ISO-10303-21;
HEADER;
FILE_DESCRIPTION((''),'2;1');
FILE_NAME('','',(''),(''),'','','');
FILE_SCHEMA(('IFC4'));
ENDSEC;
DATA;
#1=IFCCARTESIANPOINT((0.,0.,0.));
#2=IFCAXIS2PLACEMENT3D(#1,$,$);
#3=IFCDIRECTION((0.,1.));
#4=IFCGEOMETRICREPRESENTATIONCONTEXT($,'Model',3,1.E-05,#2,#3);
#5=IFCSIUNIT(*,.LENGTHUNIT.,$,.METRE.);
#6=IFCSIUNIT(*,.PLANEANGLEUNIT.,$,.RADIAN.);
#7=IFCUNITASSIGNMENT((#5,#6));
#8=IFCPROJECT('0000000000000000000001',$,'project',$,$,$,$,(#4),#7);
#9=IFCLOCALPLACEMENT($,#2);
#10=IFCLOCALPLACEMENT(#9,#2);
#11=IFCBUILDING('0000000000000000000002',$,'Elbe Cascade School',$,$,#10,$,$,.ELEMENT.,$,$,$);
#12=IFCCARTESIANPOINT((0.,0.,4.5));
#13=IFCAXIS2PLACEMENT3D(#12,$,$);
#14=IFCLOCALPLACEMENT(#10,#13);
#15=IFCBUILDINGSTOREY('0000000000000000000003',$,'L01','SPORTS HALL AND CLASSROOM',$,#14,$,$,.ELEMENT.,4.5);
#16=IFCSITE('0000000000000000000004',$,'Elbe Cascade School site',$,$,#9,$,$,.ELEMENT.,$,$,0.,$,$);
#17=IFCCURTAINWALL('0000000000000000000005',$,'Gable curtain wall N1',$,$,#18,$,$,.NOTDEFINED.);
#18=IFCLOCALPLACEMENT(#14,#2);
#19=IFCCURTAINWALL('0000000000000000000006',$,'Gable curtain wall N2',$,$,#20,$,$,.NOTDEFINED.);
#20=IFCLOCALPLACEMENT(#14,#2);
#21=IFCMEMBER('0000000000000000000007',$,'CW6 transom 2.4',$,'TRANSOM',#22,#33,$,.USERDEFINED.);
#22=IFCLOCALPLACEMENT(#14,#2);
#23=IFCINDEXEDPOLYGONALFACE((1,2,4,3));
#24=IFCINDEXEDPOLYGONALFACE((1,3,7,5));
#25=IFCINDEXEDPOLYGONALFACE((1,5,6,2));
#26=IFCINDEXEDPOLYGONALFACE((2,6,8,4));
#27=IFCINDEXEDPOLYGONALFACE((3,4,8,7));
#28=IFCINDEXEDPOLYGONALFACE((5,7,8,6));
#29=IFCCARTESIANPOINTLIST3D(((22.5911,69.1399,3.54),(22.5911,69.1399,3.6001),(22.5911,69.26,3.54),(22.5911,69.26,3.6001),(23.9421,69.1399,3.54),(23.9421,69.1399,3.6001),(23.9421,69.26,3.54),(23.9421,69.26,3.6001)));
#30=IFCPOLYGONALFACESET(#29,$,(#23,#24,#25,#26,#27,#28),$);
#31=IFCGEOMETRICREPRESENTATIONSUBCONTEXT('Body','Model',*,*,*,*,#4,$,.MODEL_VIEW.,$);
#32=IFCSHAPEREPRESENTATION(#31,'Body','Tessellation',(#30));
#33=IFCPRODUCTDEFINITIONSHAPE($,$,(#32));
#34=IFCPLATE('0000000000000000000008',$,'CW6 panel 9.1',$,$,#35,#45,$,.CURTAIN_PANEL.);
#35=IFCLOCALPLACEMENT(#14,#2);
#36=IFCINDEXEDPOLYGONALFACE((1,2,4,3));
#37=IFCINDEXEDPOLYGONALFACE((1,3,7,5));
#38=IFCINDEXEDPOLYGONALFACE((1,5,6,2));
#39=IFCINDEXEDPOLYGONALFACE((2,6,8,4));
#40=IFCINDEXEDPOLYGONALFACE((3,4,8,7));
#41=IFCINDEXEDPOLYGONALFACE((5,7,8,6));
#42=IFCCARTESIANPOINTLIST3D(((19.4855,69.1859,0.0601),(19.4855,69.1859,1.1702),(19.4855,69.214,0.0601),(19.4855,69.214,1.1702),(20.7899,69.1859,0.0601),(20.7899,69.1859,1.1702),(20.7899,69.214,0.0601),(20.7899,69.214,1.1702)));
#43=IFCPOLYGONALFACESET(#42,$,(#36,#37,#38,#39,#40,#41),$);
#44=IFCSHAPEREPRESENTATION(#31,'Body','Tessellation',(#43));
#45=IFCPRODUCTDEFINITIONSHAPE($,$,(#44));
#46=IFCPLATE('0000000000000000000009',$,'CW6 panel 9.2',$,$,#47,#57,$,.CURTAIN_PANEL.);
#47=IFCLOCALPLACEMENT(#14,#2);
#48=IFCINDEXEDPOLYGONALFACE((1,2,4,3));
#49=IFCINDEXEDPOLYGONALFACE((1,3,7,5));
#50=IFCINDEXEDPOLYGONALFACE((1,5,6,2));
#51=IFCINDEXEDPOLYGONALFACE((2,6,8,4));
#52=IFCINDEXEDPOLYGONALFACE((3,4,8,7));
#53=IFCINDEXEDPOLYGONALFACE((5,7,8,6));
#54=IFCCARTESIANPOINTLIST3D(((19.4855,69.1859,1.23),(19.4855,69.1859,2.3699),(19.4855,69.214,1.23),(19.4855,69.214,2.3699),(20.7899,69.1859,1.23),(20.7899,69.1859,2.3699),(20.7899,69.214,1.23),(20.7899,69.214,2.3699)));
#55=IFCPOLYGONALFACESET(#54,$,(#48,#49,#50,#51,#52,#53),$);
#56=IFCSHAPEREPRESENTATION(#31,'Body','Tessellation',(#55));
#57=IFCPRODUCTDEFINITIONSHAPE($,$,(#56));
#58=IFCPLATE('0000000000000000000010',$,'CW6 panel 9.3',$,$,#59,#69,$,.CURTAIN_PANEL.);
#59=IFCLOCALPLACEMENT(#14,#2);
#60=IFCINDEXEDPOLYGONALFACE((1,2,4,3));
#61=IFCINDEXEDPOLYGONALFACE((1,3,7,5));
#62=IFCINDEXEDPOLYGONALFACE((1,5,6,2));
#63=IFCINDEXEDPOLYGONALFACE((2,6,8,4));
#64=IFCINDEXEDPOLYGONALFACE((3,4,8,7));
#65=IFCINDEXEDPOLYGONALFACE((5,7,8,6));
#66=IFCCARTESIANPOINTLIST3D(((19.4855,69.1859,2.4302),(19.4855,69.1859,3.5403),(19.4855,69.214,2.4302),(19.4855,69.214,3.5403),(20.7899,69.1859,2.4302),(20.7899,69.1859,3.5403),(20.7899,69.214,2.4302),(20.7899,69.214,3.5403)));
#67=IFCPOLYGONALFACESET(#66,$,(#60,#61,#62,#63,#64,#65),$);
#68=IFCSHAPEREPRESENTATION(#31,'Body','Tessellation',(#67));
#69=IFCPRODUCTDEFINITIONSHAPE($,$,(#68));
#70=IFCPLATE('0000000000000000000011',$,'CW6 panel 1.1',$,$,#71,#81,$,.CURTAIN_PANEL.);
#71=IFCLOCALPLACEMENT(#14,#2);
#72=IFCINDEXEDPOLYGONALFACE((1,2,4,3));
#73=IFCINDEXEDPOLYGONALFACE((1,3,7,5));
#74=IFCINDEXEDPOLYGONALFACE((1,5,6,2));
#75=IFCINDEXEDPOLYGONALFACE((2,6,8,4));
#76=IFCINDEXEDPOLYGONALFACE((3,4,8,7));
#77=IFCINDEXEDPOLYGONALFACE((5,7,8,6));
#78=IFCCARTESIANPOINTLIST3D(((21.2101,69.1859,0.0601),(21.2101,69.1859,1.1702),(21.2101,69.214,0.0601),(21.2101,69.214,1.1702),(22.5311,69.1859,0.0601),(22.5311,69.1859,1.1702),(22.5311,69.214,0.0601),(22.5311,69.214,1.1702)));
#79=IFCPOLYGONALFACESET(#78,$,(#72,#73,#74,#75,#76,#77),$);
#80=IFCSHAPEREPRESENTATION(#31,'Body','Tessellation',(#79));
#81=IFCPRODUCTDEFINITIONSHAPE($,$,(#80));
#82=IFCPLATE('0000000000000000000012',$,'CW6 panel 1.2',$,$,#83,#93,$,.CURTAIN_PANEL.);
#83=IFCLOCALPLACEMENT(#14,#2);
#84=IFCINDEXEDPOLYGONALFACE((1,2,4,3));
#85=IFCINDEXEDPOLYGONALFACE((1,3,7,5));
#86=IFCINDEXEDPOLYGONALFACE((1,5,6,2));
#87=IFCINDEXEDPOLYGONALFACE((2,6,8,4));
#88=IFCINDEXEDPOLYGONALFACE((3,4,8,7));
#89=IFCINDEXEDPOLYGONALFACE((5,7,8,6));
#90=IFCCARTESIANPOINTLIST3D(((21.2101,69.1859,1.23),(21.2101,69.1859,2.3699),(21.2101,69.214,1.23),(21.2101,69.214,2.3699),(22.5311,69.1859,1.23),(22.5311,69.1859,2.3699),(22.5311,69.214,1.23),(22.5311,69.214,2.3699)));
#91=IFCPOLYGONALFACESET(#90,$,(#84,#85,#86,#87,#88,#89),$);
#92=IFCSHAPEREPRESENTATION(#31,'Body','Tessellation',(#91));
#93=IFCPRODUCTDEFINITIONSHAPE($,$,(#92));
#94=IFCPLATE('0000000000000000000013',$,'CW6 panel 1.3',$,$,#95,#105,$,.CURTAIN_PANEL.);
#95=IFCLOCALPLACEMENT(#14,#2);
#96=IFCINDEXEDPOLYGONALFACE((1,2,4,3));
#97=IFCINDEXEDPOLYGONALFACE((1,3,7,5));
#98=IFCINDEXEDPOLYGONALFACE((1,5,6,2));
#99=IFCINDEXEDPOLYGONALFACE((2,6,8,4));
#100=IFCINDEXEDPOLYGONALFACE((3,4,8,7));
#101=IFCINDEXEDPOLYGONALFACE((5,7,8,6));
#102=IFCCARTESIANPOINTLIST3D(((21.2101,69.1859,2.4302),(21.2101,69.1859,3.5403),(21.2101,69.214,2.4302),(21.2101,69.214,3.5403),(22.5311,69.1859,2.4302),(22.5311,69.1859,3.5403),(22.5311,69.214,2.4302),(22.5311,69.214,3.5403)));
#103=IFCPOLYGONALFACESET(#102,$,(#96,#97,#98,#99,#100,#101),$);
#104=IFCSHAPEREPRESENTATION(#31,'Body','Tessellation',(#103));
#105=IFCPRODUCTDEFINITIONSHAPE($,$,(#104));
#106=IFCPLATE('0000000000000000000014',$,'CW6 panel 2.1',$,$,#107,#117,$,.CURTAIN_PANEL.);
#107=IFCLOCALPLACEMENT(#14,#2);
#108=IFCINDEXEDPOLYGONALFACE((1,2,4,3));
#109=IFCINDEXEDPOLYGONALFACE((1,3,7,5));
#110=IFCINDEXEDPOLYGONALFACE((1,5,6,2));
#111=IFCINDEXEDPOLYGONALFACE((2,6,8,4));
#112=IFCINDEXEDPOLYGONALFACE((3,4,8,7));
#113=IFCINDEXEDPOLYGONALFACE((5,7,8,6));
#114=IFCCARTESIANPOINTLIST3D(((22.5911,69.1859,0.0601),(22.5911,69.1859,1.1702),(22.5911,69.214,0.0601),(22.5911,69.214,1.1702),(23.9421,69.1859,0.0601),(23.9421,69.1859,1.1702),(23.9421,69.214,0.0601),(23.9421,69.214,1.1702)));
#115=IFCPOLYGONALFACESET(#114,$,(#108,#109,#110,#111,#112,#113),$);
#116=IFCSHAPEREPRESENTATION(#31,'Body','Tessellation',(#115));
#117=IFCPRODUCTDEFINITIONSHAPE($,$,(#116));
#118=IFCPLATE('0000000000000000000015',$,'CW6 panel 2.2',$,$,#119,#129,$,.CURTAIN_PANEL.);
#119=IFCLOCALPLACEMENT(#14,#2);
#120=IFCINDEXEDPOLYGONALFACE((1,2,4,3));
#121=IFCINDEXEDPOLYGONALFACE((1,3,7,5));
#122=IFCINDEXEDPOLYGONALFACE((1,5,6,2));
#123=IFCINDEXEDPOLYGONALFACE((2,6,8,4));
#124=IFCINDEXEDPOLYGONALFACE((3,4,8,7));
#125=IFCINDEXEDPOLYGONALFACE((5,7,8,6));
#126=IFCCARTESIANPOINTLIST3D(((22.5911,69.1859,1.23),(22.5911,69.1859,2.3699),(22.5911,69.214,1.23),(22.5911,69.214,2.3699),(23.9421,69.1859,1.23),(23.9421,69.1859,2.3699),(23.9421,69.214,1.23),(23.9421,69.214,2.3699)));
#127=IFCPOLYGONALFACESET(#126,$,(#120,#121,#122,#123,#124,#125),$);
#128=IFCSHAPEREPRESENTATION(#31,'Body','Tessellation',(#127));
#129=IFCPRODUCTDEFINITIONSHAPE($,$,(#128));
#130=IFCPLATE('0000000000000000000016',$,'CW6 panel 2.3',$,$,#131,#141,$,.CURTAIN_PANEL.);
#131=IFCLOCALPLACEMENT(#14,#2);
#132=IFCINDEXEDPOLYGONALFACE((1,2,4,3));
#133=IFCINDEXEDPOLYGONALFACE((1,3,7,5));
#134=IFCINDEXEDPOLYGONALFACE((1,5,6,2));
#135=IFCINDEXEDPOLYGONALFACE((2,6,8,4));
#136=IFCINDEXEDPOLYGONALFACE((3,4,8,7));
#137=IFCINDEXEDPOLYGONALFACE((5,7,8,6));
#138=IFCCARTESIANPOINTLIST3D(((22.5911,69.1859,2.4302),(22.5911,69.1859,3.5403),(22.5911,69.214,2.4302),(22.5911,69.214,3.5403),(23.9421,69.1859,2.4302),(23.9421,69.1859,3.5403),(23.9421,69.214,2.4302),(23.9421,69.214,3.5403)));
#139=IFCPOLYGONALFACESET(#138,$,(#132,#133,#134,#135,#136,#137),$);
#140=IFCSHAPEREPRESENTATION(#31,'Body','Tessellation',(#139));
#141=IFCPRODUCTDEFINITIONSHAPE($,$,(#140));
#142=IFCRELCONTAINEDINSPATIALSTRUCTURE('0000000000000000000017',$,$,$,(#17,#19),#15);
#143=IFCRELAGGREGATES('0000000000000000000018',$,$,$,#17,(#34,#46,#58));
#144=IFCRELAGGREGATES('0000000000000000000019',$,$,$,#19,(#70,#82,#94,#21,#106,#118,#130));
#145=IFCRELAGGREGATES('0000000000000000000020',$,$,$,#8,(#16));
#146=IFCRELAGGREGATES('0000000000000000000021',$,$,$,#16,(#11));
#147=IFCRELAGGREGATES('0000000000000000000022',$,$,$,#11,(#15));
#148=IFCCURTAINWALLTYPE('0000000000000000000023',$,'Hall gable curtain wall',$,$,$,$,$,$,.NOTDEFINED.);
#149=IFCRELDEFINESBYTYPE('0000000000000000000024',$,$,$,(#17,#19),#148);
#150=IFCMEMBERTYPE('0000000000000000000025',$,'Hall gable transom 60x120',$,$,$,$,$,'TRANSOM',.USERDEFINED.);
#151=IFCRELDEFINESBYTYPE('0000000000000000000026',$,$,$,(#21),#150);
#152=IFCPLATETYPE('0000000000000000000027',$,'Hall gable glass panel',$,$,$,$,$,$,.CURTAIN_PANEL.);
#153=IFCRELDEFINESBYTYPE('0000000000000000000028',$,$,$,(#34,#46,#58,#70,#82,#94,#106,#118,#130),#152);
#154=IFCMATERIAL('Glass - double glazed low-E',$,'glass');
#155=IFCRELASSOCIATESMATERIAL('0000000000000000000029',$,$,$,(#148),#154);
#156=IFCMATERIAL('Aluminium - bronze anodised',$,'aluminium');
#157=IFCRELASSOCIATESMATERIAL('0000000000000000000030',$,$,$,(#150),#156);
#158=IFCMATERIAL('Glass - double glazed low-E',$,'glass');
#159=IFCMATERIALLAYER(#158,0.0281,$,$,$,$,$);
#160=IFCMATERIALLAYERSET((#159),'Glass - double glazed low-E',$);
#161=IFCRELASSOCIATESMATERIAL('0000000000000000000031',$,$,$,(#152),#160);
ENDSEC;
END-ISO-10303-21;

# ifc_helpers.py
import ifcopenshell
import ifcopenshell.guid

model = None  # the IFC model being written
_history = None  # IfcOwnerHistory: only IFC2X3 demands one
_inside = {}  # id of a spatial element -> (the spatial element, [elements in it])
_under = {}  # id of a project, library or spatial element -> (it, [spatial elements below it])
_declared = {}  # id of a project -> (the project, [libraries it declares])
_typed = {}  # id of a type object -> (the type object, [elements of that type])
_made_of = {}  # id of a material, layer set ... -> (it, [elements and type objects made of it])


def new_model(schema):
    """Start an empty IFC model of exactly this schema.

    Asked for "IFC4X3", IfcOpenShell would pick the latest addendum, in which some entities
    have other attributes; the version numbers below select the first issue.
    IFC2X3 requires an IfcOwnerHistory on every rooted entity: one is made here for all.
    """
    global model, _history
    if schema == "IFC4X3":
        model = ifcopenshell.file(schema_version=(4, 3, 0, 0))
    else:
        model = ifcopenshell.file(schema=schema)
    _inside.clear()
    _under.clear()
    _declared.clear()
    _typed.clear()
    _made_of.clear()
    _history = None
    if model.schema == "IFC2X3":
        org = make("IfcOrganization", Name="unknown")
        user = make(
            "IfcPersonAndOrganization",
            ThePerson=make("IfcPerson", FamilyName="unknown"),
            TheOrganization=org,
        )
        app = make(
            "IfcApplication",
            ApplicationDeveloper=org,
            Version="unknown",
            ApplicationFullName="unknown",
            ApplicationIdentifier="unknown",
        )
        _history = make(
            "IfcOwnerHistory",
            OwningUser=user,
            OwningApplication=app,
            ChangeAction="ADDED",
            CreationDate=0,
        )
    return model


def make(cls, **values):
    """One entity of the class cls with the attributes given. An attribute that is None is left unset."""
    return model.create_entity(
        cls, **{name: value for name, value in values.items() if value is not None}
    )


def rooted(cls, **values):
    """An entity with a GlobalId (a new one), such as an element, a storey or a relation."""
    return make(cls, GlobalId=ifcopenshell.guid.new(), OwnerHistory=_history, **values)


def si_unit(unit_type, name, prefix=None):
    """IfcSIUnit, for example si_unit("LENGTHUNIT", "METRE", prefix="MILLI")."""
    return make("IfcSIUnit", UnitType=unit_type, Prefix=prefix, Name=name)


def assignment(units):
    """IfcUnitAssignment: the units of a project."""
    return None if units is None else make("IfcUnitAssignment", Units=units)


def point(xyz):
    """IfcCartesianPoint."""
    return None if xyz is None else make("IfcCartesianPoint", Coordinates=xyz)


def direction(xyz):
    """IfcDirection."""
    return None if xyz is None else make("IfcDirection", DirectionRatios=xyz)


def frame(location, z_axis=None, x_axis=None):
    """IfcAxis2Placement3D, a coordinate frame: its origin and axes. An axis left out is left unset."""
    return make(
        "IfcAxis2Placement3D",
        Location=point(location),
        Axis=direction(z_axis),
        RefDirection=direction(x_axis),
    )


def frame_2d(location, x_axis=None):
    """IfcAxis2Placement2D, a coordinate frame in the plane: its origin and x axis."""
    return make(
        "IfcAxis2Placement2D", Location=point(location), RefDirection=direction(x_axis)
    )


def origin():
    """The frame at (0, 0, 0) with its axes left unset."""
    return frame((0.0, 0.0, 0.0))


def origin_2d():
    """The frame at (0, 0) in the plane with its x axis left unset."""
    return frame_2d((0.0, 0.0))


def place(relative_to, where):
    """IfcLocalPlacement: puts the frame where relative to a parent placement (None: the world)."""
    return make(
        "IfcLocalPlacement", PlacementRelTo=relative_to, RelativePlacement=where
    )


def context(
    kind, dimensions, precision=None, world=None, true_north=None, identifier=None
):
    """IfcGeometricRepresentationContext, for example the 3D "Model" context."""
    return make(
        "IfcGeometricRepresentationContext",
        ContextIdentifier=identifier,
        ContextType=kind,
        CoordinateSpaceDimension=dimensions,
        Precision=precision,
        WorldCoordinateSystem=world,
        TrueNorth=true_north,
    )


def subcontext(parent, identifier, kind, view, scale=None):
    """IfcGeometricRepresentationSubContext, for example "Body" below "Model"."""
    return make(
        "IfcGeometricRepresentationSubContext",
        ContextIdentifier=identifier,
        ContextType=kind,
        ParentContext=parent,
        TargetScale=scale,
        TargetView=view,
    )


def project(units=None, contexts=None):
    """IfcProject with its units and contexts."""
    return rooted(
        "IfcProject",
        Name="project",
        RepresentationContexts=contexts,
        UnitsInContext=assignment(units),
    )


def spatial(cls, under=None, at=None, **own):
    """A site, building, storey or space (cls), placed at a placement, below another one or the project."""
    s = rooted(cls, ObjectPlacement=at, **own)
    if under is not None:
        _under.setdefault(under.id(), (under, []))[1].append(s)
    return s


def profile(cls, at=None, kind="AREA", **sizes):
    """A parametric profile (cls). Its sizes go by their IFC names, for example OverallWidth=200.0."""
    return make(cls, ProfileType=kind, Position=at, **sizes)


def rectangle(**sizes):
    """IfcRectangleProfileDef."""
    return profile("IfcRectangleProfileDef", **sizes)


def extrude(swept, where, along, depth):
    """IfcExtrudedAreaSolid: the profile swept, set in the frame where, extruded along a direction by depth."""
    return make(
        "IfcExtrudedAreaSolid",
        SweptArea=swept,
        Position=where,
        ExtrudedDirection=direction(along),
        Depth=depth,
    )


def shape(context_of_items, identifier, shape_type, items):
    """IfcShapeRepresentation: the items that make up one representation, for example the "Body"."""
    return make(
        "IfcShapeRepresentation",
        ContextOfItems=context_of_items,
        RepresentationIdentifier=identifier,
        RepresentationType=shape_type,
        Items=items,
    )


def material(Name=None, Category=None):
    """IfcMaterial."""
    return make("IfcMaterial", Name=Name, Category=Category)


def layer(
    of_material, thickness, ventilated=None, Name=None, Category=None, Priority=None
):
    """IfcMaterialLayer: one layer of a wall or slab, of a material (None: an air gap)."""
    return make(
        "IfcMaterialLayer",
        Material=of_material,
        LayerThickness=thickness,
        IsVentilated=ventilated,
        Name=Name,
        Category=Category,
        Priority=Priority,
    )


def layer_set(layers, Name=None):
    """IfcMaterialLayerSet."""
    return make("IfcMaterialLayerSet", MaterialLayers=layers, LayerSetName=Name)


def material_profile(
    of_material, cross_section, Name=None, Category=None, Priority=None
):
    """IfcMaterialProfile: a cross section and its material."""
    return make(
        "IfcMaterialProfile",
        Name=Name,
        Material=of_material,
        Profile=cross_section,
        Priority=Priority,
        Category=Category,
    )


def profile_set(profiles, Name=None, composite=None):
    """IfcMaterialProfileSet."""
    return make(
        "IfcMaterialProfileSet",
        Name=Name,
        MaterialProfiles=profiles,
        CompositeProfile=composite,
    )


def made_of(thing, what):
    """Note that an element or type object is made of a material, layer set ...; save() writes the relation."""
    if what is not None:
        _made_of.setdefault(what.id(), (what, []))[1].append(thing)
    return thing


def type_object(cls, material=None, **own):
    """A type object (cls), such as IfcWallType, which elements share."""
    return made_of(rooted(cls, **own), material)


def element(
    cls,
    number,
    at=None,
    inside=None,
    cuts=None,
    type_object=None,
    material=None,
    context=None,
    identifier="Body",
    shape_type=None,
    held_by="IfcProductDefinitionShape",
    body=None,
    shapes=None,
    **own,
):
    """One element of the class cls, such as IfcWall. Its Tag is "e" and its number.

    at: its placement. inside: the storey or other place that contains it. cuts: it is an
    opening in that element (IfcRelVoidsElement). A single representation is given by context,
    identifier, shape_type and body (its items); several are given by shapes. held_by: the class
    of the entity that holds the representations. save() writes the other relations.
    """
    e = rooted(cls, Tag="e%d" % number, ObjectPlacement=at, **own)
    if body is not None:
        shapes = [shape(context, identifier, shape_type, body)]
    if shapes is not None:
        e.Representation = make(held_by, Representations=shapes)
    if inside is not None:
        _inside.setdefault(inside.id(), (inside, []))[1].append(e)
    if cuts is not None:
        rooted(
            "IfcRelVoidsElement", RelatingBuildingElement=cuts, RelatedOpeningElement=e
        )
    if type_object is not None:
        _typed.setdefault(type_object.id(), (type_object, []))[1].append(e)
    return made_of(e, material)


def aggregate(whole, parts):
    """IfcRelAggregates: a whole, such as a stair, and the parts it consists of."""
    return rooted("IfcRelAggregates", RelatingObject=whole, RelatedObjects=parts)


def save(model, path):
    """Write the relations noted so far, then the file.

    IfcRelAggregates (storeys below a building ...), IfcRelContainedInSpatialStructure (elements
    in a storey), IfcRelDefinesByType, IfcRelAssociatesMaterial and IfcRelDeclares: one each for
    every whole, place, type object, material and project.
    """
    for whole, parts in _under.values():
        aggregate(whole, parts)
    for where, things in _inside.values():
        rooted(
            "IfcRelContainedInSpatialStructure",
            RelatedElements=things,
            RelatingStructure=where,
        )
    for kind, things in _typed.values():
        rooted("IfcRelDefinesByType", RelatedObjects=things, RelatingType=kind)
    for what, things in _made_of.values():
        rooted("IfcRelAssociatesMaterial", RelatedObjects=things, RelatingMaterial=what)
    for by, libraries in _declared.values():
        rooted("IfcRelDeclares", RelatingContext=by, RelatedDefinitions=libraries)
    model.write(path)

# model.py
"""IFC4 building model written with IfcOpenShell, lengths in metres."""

from ifc_helpers import new_model, si_unit, direction, frame, origin, origin_2d, place, context, subcontext, project, spatial, rectangle, extrude, material, layer, layer_set, material_profile, profile_set, type_object, element, aggregate, save


model = new_model("IFC4")

# Units and contexts
model_context = context("Model", 3, precision=1e-05, world=origin(), true_north=direction((0.0, 1.0)))
body_context = subcontext(model_context, "Body", "Model", "MODEL_VIEW")
ifc_project = project(units=[si_unit("LENGTHUNIT", "METRE"), si_unit("PLANEANGLEUNIT", "RADIAN")], contexts=[model_context])

# Site, building, storey
site_placement = place(None, origin())
site = spatial("IfcSite", under=ifc_project, at=site_placement, Name="Elbe Cascade School site", CompositionType="ELEMENT", RefElevation=0.0)
building_placement = place(site_placement, origin())
building = spatial("IfcBuilding", under=site, at=building_placement, Name="Elbe Cascade School", CompositionType="ELEMENT")
storey_placement = place(building_placement, frame((0.0, 0.0, 4.5)))
storey = spatial("IfcBuildingStorey", under=building, at=storey_placement, Name="L01", Description="SPORTS HALL AND CLASSROOM", CompositionType="ELEMENT", Elevation=4.5)

# Curtain wall
ifc_material_1 = material(Name="Glass - double glazed low-E", Category="glass")
curtain_wall_type = type_object("IfcCurtainWallType", Name="Hall gable curtain wall", PredefinedType="NOTDEFINED", material=ifc_material_1)
curtain_wall_1_placement = place(storey_placement, origin())
curtain_wall_1 = element("IfcCurtainWall", 1, at=curtain_wall_1_placement, inside=storey, type_object=curtain_wall_type, Name="Gable curtain wall N1", PredefinedType="NOTDEFINED")

# Curtain wall, member
curtain_wall_2_placement = place(storey_placement, origin())
curtain_wall_2 = element("IfcCurtainWall", 2, at=curtain_wall_2_placement, inside=storey, type_object=curtain_wall_type, Name="Gable curtain wall N2", PredefinedType="NOTDEFINED")
ifc_material_2 = material(Name="Aluminium - bronze anodised", Category="aluminium")
ifc_material_profile_1 = material_profile(ifc_material_2, rectangle(XDim=0.1201, YDim=0.0601, at=origin_2d()), Name="Alu 60x120")
ifc_profile_set_1 = profile_set([ifc_material_profile_1], Name="Aluminium - bronze anodised")
member_type_1 = type_object("IfcMemberType", Name="Hall gable transom 60x120", ElementType="TRANSOM", PredefinedType="USERDEFINED", material=ifc_profile_set_1)
member_1_placement = place(storey_placement, frame((22.5911, 69.2, 3.5701), z_axis=(1.0, 0.0, 0.0), x_axis=(0.0, 1.0, 0.0)))
member_1 = element("IfcMember", 3, at=member_1_placement, type_object=member_type_1, Name="CW6 transom 2.4", ObjectType="TRANSOM", PredefinedType="USERDEFINED", context=body_context, shape_type="SweptSolid", body=[
    extrude(rectangle(XDim=0.1201, YDim=0.0601, at=origin_2d()), origin(), (0.0, 0.0, 1.0), 1.3511),
])

# Plates
ifc_material_3 = material(Name="Glass - double glazed low-E", Category="glass")
ifc_layer = layer(ifc_material_3, 0.0281)
ifc_layer_set = layer_set([ifc_layer], Name="Glass - double glazed low-E")
plate_type = type_object("IfcPlateType", Name="Hall gable glass panel", PredefinedType="CURTAIN_PANEL", material=ifc_layer_set)
plate_1_placement = place(storey_placement, frame((20.1377, 69.2, 0.0601), z_axis=(0.0, 0.0, 1.0), x_axis=(1.0, 0.0, 0.0)))
plate_1 = element("IfcPlate", 4, at=plate_1_placement, type_object=plate_type, Name="CW6 panel 9.1", PredefinedType="CURTAIN_PANEL", context=body_context, shape_type="SweptSolid", body=[
    extrude(rectangle(XDim=1.3044, YDim=0.0281, at=origin_2d()), origin(), (0.0, 0.0, 1.0), 1.1101),
])
plate_2_placement = place(storey_placement, frame((20.1377, 69.2, 1.23), z_axis=(0.0, 0.0, 1.0), x_axis=(1.0, 0.0, 0.0)))
plate_2 = element("IfcPlate", 5, at=plate_2_placement, type_object=plate_type, Name="CW6 panel 9.2", PredefinedType="CURTAIN_PANEL", context=body_context, shape_type="SweptSolid", body=[
    extrude(rectangle(XDim=1.3044, YDim=0.0281, at=origin_2d()), origin(), (0.0, 0.0, 1.0), 1.1399),
])
plate_3_placement = place(storey_placement, frame((20.1377, 69.2, 2.4302), z_axis=(0.0, 0.0, 1.0), x_axis=(1.0, 0.0, 0.0)))
plate_3 = element("IfcPlate", 6, at=plate_3_placement, type_object=plate_type, Name="CW6 panel 9.3", PredefinedType="CURTAIN_PANEL", context=body_context, shape_type="SweptSolid", body=[
    extrude(rectangle(XDim=1.3044, YDim=0.0281, at=origin_2d()), origin(), (0.0, 0.0, 1.0), 1.1101),
])
aggregate(curtain_wall_1, [plate_1, plate_2, plate_3])
plate_4_placement = place(storey_placement, frame((21.8706, 69.2, 0.0601), z_axis=(0.0, 0.0, 1.0), x_axis=(1.0, 0.0, 0.0)))
plate_4 = element("IfcPlate", 7, at=plate_4_placement, type_object=plate_type, Name="CW6 panel 1.1", PredefinedType="CURTAIN_PANEL", context=body_context, shape_type="SweptSolid", body=[
    extrude(rectangle(XDim=1.321, YDim=0.0281, at=origin_2d()), origin(), (0.0, 0.0, 1.0), 1.1101),
])
plate_5_placement = place(storey_placement, frame((21.8706, 69.2, 1.23), z_axis=(0.0, 0.0, 1.0), x_axis=(1.0, 0.0, 0.0)))
plate_5 = element("IfcPlate", 8, at=plate_5_placement, type_object=plate_type, Name="CW6 panel 1.2", PredefinedType="CURTAIN_PANEL", context=body_context, shape_type="SweptSolid", body=[
    extrude(rectangle(XDim=1.321, YDim=0.0281, at=origin_2d()), origin(), (0.0, 0.0, 1.0), 1.1399),
])
plate_6_placement = place(storey_placement, frame((21.8706, 69.2, 2.4302), z_axis=(0.0, 0.0, 1.0), x_axis=(1.0, 0.0, 0.0)))
plate_6 = element("IfcPlate", 9, at=plate_6_placement, type_object=plate_type, Name="CW6 panel 1.3", PredefinedType="CURTAIN_PANEL", context=body_context, shape_type="SweptSolid", body=[
    extrude(rectangle(XDim=1.321, YDim=0.0281, at=origin_2d()), origin(), (0.0, 0.0, 1.0), 1.1101),
])
plate_7_placement = place(storey_placement, frame((23.2666, 69.2, 0.0601), z_axis=(0.0, 0.0, 1.0), x_axis=(1.0, 0.0, 0.0)))
plate_7 = element("IfcPlate", 10, at=plate_7_placement, type_object=plate_type, Name="CW6 panel 2.1", PredefinedType="CURTAIN_PANEL", context=body_context, shape_type="SweptSolid", body=[
    extrude(rectangle(XDim=1.3511, YDim=0.0281, at=origin_2d()), origin(), (0.0, 0.0, 1.0), 1.1101),
])
plate_8_placement = place(storey_placement, frame((23.2666, 69.2, 1.23), z_axis=(0.0, 0.0, 1.0), x_axis=(1.0, 0.0, 0.0)))
plate_8 = element("IfcPlate", 11, at=plate_8_placement, type_object=plate_type, Name="CW6 panel 2.2", PredefinedType="CURTAIN_PANEL", context=body_context, shape_type="SweptSolid", body=[
    extrude(rectangle(XDim=1.3511, YDim=0.0281, at=origin_2d()), origin(), (0.0, 0.0, 1.0), 1.1399),
])
plate_9_placement = place(storey_placement, frame((23.2666, 69.2, 2.4302), z_axis=(0.0, 0.0, 1.0), x_axis=(1.0, 0.0, 0.0)))
plate_9 = element("IfcPlate", 12, at=plate_9_placement, type_object=plate_type, Name="CW6 panel 2.3", PredefinedType="CURTAIN_PANEL", context=body_context, shape_type="SweptSolid", body=[
    extrude(rectangle(XDim=1.3511, YDim=0.0281, at=origin_2d()), origin(), (0.0, 0.0, 1.0), 1.1101),
])
aggregate(curtain_wall_2, [plate_4, plate_5, plate_6, member_1, plate_7, plate_8, plate_9])

save(model, "model.ifc")
